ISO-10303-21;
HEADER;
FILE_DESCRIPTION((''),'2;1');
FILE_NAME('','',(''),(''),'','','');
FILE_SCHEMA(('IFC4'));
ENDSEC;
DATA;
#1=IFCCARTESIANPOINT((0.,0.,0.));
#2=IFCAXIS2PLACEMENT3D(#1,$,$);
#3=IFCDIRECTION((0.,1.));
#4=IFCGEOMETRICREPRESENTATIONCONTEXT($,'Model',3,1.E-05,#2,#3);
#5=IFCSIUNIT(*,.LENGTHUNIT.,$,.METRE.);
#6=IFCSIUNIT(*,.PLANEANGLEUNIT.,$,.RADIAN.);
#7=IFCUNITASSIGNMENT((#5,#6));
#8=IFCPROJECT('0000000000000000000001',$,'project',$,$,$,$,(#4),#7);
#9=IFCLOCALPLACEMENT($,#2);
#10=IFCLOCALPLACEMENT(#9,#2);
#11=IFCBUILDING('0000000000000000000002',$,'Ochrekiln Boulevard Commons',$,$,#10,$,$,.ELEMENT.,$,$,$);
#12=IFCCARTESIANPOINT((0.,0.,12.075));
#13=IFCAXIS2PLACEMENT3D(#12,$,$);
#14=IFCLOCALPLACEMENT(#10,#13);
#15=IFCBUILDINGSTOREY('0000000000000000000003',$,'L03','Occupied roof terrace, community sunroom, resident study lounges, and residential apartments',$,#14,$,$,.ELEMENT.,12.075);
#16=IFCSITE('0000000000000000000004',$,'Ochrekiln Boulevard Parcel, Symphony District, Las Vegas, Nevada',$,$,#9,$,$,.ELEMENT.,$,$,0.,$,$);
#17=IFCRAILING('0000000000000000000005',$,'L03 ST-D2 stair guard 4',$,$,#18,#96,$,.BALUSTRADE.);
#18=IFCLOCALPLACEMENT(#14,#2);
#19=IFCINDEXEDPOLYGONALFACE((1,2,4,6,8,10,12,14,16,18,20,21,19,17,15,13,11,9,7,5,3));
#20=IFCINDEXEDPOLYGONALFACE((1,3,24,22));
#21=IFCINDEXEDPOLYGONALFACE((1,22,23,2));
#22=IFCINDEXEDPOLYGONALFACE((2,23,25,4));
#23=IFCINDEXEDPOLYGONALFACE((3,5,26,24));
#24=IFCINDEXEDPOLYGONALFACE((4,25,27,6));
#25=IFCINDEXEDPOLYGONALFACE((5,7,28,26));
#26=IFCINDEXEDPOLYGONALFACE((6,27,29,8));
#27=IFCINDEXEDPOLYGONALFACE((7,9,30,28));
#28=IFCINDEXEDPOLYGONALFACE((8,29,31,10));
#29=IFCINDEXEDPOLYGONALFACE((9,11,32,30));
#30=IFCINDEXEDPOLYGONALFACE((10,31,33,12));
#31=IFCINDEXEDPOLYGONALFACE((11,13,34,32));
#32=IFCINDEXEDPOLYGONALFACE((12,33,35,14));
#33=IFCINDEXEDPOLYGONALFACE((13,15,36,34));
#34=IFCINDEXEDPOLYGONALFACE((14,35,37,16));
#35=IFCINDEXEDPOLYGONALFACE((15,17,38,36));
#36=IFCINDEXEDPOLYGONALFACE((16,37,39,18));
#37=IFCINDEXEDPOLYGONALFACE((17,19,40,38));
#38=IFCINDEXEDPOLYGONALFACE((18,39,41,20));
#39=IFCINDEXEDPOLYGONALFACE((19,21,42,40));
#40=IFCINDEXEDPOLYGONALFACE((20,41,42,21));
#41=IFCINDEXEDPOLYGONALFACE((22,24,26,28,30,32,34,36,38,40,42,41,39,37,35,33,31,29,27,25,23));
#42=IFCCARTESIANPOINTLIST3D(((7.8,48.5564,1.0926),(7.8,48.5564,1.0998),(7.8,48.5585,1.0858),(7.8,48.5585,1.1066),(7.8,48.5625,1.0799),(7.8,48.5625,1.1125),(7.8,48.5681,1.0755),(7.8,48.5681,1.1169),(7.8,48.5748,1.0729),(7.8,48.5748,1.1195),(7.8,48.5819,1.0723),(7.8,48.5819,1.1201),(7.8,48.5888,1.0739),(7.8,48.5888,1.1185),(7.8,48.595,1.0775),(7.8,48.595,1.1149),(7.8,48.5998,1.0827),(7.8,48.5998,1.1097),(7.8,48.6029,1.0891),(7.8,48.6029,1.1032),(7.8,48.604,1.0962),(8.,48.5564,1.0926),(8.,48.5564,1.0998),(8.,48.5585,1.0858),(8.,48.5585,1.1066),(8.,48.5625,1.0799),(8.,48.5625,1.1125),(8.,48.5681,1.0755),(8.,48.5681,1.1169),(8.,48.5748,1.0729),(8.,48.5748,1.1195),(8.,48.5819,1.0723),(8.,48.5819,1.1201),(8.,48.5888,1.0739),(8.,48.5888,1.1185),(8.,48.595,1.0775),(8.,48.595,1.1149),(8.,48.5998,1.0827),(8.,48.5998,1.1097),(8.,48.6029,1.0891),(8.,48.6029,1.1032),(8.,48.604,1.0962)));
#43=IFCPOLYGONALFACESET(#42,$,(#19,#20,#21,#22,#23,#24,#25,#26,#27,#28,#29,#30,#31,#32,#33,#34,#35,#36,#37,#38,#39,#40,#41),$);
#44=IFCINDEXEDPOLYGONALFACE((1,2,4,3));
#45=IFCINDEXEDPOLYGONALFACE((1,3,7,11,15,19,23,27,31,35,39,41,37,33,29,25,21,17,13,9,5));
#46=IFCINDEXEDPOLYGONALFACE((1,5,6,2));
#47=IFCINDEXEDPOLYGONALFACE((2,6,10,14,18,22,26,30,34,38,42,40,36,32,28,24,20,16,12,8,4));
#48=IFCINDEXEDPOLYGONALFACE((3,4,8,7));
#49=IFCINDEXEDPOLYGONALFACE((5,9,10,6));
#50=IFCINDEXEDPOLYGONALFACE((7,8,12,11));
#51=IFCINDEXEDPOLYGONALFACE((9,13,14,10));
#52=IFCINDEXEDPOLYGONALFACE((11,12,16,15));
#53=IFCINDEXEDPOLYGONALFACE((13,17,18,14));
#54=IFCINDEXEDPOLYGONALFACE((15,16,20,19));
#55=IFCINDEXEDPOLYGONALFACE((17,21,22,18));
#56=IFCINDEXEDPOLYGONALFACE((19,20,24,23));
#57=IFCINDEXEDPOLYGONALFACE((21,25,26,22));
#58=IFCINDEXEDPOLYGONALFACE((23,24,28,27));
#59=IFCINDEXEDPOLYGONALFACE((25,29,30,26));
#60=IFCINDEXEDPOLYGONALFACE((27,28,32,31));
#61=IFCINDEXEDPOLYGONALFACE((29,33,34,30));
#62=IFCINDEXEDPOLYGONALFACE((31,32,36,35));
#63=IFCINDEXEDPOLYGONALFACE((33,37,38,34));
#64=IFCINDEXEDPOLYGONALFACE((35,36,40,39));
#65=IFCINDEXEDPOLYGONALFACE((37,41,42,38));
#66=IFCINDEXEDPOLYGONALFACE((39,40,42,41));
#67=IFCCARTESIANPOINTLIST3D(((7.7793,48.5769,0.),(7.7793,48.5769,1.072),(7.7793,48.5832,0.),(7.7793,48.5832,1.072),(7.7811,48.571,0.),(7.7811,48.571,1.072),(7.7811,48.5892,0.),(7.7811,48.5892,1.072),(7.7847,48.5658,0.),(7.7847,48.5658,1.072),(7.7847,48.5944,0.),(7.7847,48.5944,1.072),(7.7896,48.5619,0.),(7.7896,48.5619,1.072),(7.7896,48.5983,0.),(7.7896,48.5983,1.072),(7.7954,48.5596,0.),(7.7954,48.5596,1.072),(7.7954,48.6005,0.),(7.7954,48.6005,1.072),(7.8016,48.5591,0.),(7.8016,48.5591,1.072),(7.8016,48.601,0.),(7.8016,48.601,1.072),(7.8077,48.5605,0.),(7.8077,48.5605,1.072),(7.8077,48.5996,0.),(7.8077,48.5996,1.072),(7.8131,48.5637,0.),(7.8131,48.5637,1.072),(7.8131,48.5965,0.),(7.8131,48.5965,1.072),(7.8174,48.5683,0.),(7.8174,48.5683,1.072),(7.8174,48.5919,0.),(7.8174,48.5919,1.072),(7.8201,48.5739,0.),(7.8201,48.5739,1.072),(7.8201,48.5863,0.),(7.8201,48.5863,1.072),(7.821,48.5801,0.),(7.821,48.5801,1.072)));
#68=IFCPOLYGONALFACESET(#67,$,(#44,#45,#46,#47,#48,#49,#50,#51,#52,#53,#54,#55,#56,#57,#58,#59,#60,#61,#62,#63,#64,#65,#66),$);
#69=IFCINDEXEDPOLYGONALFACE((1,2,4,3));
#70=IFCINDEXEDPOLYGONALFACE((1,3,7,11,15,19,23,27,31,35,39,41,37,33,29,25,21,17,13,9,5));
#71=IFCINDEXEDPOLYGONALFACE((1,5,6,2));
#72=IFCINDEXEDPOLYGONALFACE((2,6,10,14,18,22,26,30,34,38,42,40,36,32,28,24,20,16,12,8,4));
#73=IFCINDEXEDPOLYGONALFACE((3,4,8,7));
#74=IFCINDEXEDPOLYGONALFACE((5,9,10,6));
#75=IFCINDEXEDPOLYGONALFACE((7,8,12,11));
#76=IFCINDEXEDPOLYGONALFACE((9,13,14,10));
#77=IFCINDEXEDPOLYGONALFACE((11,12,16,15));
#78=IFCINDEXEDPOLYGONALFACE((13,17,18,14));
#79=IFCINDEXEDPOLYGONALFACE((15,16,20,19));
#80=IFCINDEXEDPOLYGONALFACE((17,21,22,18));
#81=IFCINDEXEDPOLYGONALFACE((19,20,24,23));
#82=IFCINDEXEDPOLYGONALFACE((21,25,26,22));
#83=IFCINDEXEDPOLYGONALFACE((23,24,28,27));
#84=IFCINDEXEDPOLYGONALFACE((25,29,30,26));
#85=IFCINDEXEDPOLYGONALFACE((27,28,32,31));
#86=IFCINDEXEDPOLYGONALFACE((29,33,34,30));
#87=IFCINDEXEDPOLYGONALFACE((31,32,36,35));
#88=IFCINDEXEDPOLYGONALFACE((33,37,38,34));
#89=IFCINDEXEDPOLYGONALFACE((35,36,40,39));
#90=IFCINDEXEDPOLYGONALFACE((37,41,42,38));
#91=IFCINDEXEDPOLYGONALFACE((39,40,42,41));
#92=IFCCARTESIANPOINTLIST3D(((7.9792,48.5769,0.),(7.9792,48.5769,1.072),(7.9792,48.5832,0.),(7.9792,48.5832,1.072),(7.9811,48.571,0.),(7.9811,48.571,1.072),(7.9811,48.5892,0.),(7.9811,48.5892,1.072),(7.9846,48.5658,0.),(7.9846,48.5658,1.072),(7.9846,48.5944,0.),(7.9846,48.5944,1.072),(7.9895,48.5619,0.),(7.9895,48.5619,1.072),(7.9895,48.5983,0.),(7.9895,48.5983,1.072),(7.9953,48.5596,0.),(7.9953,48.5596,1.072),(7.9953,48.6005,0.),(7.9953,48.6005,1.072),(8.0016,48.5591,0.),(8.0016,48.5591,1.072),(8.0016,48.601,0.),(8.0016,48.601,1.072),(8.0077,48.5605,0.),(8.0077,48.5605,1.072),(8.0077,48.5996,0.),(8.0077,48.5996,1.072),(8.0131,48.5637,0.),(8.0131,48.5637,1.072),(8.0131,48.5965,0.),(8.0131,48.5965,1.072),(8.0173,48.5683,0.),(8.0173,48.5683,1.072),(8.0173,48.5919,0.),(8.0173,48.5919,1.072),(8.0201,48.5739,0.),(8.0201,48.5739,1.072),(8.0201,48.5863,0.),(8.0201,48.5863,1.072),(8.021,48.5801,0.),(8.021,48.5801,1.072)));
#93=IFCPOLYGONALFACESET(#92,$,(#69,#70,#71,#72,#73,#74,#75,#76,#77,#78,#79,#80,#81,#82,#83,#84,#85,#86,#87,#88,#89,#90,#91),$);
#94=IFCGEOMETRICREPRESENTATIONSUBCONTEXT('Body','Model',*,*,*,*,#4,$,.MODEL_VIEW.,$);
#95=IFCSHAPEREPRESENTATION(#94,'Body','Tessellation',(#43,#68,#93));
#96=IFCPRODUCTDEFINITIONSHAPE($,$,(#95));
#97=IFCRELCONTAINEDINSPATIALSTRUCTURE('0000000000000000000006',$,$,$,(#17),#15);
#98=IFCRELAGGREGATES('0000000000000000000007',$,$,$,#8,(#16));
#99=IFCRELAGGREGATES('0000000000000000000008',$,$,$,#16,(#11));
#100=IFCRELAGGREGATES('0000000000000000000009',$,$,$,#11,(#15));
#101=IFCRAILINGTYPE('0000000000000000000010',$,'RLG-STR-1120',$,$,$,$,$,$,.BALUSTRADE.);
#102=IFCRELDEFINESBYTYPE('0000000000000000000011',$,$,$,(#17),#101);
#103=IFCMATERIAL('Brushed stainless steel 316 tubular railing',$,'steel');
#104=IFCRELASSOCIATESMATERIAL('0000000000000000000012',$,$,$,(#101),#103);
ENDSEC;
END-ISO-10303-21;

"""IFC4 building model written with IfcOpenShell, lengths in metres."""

from ifc_helpers import new_model, si_unit, direction, frame, origin, origin_2d, place, context, subcontext, project, spatial, circle, extrude, material, type_object, element, save


model = new_model("IFC4")

# Units and contexts
model_context = context("Model", 3, precision=1e-05, world=origin(), true_north=direction((0.0, 1.0)))
body_context = subcontext(model_context, "Body", "Model", "MODEL_VIEW")
ifc_project = project(units=[si_unit("LENGTHUNIT", "METRE"), si_unit("PLANEANGLEUNIT", "RADIAN")], contexts=[model_context])

# Site, building, storey
site_placement = place(None, origin())
site = spatial("IfcSite", under=ifc_project, at=site_placement, Name="Ochrekiln Boulevard Parcel, Symphony District, Las Vegas, Nevada", CompositionType="ELEMENT", RefElevation=0.0)
building_placement = place(site_placement, origin())
building = spatial("IfcBuilding", under=site, at=building_placement, Name="Ochrekiln Boulevard Commons", CompositionType="ELEMENT")
storey_placement = place(building_placement, frame((0.0, 0.0, 12.075)))
storey = spatial("IfcBuildingStorey", under=building, at=storey_placement, Name="L03", Description="Occupied roof terrace, community sunroom, resident study lounges, and residential apartments", CompositionType="ELEMENT", Elevation=12.075)

# Railing
ifc_material_1 = material(Name="Brushed stainless steel 316 tubular railing", Category="steel")
railing_type_1 = type_object("IfcRailingType", Name="RLG-STR-1120", PredefinedType="BALUSTRADE", material=ifc_material_1)
railing_1_placement = place(storey_placement, frame((7.8, 48.5801, 0.0)))
element("IfcRailing", 1, at=railing_1_placement, inside=storey, type_object=railing_type_1, Name="L03 ST-D2 stair guard 4", PredefinedType="BALUSTRADE", context=body_context, shape_type="SweptSolid", body=[
    extrude(circle(Radius=0.0239, at=origin_2d()), frame((0.0, 0.0, 1.0962), z_axis=(1.0, 0.0, 0.0), x_axis=(0.0, 1.0, 0.0)), (0.0, 0.0, 1.0), 0.2),
    extrude(circle(Radius=0.021, at=origin_2d()), origin(), (0.0, 0.0, 1.0), 1.072),
    extrude(circle(Radius=0.021, at=origin_2d()), frame((0.2, 0.0, 0.0)), (0.0, 0.0, 1.0), 1.072),
])

save(model, "model.ifc")
